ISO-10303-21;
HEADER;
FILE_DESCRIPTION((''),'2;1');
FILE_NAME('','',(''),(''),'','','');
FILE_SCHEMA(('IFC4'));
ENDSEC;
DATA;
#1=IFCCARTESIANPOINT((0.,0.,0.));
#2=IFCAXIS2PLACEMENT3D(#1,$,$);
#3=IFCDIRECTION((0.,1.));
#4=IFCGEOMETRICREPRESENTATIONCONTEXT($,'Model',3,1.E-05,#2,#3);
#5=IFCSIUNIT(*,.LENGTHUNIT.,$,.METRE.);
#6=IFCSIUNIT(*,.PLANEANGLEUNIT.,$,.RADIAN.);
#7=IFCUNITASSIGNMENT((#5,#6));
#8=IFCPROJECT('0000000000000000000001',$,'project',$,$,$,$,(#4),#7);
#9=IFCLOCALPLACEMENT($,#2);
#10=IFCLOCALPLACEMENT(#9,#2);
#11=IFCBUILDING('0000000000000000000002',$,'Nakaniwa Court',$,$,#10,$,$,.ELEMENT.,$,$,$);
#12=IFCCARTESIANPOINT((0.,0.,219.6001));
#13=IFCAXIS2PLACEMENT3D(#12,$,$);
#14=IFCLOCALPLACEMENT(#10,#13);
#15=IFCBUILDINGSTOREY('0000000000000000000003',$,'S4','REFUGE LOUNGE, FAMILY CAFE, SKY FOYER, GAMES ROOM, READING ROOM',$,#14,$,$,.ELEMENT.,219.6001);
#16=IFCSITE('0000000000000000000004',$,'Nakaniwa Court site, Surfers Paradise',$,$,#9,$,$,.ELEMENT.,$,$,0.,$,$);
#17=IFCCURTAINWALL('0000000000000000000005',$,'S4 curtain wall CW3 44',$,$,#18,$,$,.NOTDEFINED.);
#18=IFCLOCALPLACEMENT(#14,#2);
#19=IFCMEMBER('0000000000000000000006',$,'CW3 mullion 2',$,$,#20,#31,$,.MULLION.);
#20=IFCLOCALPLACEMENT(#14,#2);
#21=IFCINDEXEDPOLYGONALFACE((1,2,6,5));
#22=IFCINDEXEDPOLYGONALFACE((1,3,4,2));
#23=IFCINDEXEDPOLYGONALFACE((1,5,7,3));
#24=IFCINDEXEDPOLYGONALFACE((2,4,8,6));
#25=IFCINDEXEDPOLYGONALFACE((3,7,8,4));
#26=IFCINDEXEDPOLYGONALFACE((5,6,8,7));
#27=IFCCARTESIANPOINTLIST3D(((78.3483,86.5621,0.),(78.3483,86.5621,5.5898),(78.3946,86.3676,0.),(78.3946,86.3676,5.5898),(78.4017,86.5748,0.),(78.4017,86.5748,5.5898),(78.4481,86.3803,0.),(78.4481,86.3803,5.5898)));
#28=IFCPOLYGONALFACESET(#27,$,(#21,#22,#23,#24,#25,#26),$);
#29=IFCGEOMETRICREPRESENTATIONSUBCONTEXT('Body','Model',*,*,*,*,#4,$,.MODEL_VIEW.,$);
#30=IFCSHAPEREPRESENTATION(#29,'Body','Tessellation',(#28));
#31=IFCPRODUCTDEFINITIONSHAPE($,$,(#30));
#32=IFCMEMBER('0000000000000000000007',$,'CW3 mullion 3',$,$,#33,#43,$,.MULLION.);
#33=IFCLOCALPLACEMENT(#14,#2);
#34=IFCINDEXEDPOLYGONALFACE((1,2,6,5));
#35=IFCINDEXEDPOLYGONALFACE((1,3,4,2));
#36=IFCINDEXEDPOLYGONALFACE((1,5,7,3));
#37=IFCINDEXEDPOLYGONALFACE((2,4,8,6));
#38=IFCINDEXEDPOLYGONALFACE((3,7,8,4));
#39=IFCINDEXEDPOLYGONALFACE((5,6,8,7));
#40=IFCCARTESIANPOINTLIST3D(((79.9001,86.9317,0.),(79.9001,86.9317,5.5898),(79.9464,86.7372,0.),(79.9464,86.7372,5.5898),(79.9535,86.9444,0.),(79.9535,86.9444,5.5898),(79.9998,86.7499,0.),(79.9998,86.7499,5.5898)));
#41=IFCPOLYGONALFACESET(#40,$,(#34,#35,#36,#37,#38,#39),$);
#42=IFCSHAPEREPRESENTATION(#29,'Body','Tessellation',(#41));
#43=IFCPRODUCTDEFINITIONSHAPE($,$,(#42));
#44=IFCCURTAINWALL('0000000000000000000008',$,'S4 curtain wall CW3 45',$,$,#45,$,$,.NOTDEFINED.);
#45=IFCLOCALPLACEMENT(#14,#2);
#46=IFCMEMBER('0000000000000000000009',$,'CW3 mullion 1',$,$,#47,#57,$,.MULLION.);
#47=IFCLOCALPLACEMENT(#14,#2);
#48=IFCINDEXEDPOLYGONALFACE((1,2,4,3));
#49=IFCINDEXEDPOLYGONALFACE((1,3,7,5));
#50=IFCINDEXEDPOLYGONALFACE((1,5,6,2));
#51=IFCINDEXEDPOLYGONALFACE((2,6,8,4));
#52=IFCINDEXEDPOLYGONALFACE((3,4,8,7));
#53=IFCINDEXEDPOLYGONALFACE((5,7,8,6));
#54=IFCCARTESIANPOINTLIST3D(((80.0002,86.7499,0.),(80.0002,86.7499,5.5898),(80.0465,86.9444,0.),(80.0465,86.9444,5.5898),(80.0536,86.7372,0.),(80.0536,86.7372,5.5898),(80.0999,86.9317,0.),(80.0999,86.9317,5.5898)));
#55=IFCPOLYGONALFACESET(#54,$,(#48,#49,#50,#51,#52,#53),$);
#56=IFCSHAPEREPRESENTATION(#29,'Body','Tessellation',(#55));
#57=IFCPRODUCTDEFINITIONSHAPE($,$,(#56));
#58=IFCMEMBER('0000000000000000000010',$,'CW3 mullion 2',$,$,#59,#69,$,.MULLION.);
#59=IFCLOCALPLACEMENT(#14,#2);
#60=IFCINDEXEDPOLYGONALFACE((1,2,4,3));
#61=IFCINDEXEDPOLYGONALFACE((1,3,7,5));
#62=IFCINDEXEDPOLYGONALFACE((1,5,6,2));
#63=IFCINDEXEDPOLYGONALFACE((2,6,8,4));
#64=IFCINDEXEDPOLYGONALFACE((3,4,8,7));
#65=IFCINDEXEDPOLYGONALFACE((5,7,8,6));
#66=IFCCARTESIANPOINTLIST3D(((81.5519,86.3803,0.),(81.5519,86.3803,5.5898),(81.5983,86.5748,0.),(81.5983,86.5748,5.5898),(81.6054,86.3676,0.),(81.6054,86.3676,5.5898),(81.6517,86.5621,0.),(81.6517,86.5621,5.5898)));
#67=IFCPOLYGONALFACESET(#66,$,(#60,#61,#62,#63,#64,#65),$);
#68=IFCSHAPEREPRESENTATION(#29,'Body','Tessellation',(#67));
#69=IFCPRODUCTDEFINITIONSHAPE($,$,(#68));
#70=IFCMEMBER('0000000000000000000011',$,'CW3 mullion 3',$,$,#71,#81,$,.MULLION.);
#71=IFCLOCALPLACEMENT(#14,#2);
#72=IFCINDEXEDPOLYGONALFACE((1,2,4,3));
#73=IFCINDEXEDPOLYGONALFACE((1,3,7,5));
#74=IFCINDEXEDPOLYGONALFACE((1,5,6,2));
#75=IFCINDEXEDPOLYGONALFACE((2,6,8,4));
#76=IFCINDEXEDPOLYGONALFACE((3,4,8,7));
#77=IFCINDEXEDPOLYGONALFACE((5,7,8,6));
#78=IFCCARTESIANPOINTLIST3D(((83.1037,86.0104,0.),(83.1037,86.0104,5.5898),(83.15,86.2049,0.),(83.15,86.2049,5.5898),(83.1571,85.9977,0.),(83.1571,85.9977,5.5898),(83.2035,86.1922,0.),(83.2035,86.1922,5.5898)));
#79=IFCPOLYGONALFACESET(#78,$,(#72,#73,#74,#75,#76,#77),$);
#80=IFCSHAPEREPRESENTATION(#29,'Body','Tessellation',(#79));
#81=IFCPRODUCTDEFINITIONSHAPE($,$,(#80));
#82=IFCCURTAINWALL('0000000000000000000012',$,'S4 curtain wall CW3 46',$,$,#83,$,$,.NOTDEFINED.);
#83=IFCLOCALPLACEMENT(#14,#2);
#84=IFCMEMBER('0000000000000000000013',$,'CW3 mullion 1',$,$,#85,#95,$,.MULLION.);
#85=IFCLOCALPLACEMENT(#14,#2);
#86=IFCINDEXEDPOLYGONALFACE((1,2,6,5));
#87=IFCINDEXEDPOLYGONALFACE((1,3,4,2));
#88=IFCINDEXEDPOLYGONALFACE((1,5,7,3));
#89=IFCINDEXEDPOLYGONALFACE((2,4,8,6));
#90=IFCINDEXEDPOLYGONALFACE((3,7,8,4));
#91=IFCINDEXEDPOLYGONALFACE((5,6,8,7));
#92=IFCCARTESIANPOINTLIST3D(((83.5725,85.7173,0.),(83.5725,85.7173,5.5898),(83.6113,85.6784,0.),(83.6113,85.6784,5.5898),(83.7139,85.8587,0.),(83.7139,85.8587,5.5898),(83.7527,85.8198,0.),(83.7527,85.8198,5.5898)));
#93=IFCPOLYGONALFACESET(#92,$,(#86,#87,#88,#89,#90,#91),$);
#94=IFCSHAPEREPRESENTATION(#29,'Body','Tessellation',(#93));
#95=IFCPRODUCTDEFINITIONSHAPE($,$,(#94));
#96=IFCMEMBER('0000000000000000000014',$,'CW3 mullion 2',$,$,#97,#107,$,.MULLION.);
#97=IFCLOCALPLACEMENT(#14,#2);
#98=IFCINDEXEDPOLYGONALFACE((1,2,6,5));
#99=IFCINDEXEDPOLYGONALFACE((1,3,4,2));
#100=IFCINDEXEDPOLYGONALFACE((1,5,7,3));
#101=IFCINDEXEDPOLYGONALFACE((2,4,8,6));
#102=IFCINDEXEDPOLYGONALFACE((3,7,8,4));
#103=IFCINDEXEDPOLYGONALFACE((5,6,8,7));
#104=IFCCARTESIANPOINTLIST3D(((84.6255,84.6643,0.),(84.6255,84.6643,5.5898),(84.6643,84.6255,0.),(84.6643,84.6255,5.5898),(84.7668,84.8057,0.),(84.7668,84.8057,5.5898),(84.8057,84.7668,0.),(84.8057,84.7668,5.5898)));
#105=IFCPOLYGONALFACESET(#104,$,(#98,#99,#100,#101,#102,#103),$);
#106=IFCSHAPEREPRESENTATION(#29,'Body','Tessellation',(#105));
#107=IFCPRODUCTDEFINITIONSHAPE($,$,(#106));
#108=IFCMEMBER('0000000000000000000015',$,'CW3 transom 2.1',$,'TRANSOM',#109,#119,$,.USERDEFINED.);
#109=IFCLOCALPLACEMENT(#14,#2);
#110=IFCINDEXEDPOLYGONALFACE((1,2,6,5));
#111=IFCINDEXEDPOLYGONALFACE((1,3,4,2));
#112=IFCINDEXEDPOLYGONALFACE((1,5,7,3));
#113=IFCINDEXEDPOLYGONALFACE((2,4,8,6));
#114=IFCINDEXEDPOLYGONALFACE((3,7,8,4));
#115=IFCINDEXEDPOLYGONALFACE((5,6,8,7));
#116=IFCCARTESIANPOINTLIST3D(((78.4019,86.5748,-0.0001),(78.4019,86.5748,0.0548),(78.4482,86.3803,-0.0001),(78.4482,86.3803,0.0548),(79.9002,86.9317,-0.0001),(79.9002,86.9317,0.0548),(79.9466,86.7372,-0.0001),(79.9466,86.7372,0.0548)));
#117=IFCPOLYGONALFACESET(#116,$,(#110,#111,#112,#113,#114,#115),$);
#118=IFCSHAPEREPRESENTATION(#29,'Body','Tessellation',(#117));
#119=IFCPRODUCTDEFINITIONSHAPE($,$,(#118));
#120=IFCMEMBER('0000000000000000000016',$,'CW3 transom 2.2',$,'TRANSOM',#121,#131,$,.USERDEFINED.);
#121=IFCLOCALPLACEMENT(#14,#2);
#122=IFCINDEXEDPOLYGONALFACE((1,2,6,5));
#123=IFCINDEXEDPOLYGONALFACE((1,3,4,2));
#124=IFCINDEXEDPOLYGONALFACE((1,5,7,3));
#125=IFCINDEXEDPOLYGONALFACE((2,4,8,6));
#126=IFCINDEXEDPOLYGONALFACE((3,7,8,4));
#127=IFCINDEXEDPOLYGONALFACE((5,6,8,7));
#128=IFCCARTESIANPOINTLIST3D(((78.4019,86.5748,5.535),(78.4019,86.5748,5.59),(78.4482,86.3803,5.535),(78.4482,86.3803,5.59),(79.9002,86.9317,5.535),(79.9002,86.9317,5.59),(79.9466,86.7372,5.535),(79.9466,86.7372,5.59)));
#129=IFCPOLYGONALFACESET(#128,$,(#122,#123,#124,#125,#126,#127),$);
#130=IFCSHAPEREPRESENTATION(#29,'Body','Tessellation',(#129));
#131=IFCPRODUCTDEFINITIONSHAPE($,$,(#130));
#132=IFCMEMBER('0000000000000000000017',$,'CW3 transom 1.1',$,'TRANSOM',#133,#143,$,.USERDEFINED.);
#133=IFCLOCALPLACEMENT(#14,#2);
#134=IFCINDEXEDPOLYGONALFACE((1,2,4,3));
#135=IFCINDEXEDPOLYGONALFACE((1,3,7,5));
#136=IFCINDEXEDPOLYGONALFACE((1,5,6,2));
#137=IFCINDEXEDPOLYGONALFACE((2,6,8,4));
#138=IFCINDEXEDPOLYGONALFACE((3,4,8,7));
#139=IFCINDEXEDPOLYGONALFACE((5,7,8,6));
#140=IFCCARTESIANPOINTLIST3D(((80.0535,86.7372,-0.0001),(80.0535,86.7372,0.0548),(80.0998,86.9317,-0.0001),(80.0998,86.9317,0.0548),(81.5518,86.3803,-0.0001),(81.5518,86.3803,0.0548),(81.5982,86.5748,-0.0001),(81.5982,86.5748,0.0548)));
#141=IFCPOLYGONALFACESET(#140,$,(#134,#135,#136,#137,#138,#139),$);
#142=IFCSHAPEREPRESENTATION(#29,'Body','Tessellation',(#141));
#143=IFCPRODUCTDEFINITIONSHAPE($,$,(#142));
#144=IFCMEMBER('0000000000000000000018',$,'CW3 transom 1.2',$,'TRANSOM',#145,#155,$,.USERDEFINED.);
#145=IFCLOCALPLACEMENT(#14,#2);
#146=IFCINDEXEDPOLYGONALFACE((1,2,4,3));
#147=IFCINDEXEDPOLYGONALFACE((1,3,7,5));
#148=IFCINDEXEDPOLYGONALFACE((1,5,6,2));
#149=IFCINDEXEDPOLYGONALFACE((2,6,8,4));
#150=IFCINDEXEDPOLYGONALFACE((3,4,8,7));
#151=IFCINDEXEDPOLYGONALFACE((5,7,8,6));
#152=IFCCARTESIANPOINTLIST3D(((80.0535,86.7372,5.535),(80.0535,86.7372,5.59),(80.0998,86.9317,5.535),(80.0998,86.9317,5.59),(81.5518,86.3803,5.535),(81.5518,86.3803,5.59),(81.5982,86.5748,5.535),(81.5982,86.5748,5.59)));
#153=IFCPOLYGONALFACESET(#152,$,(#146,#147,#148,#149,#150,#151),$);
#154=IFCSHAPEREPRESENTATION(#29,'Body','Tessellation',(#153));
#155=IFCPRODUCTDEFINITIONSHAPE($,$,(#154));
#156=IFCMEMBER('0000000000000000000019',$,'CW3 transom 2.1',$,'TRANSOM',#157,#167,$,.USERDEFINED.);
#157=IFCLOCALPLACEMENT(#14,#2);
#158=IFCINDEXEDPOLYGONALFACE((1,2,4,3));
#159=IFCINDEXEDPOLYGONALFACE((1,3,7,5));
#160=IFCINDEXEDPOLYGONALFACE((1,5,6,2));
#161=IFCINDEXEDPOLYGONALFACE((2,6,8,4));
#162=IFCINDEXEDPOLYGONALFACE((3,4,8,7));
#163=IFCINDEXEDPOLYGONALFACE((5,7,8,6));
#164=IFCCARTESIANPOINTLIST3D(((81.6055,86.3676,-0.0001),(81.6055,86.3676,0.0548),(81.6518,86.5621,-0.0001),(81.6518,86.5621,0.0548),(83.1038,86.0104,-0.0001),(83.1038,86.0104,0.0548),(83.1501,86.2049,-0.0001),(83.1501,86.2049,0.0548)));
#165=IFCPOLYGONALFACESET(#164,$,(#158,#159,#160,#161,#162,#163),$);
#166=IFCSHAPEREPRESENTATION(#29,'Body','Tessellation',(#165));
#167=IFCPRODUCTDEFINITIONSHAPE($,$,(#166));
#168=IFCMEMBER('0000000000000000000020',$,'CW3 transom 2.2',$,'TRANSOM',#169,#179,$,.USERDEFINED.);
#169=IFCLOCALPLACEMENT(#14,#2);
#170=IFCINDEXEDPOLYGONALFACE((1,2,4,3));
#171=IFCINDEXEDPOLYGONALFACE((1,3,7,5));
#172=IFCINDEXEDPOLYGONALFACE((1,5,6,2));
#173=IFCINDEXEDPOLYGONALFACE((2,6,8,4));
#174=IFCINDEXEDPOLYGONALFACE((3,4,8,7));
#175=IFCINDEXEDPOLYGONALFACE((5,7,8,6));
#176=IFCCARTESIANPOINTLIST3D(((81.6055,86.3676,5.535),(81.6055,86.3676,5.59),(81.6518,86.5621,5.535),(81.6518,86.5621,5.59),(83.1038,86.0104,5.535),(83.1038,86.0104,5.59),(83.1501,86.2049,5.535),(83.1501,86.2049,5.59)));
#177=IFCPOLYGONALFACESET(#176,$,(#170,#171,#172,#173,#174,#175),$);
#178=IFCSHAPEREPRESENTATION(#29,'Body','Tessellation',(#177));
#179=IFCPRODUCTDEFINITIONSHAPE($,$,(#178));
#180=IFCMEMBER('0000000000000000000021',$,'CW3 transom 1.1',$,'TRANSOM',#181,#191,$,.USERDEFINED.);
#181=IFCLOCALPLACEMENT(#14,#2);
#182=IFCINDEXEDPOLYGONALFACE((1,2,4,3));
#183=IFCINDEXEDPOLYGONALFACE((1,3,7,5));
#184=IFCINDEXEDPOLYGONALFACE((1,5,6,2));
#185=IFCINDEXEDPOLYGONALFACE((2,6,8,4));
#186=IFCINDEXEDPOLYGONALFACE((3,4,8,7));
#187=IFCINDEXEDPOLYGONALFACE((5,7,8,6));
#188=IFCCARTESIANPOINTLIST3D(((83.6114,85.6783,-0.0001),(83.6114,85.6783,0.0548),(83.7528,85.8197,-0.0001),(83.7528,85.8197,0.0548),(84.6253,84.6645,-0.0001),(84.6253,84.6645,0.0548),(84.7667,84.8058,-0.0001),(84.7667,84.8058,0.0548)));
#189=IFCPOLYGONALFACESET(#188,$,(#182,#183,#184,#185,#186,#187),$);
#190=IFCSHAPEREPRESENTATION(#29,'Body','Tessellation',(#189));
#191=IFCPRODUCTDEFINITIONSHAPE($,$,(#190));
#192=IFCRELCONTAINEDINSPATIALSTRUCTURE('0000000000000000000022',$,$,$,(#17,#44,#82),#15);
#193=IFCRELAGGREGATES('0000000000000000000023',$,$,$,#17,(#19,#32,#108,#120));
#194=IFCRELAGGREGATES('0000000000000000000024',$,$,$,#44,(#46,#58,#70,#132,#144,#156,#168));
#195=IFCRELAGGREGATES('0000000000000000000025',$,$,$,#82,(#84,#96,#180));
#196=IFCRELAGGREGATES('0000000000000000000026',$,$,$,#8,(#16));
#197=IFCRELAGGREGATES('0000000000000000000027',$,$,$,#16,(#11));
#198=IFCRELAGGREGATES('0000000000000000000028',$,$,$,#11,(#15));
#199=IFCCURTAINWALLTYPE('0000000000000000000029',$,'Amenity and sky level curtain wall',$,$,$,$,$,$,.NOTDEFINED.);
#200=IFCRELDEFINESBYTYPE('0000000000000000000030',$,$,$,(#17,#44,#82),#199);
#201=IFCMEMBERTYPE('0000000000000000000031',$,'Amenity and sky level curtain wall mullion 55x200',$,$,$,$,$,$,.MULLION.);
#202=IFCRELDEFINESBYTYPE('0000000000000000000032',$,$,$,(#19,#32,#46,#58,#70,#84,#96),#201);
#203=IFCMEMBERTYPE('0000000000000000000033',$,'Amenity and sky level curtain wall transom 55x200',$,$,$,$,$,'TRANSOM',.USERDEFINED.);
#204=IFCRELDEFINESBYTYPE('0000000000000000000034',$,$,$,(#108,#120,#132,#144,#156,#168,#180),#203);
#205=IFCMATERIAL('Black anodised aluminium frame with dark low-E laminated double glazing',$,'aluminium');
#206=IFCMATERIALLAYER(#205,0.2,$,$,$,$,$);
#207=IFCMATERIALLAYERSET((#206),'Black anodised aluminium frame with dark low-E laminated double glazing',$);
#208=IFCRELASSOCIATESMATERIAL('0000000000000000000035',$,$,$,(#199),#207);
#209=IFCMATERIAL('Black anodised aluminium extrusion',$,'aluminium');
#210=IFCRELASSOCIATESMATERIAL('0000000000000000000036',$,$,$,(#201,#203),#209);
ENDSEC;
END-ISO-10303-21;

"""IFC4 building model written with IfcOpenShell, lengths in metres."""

from ifc_helpers import new_model, si_unit, direction, frame, origin, origin_2d, place, context, subcontext, project, spatial, rectangle, extrude, material, layer, layer_set, material_profile, profile_set, type_object, element, aggregate, save


model = new_model("IFC4")

# Units and contexts
model_context = context("Model", 3, precision=1e-05, world=origin(), true_north=direction((0.0, 1.0)))
body_context = subcontext(model_context, "Body", "Model", "MODEL_VIEW")
ifc_project = project(units=[si_unit("LENGTHUNIT", "METRE"), si_unit("PLANEANGLEUNIT", "RADIAN")], contexts=[model_context])

# Site, building, storey
site_placement = place(None, origin())
site = spatial("IfcSite", under=ifc_project, at=site_placement, Name="Nakaniwa Court site, Surfers Paradise", CompositionType="ELEMENT", RefElevation=0.0)
building_placement = place(site_placement, origin())
building = spatial("IfcBuilding", under=site, at=building_placement, Name="Nakaniwa Court", CompositionType="ELEMENT")
storey_placement = place(building_placement, frame((0.0, 0.0, 219.6001)))
storey = spatial("IfcBuildingStorey", under=building, at=storey_placement, Name="S4", Description="REFUGE LOUNGE, FAMILY CAFE, SKY FOYER, GAMES ROOM, READING ROOM", CompositionType="ELEMENT", Elevation=219.6001)

# Curtain walls, members
ifc_material_1 = material(Name="Black anodised aluminium frame with dark low-E laminated double glazing", Category="aluminium")
ifc_layer_1 = layer(ifc_material_1, 0.2)
ifc_layer_set_1 = layer_set([ifc_layer_1], Name="Black anodised aluminium frame with dark low-E laminated double glazing")
curtain_wall_type = type_object("IfcCurtainWallType", Name="Amenity and sky level curtain wall", PredefinedType="NOTDEFINED", material=ifc_layer_set_1)
curtain_wall_1_placement = place(storey_placement, origin())
curtain_wall_1 = element("IfcCurtainWall", 1, at=curtain_wall_1_placement, inside=storey, type_object=curtain_wall_type, Name="S4 curtain wall CW3 44", PredefinedType="NOTDEFINED")
ifc_material_2 = material(Name="Black anodised aluminium extrusion", Category="aluminium")
ifc_material_profile_1 = material_profile(ifc_material_2, rectangle(XDim=0.2, YDim=0.0549, at=origin_2d()), Name="Amenity and sky level curtain wall mullion 55x200")
ifc_profile_set_1 = profile_set([ifc_material_profile_1], Name="Black anodised aluminium extrusion")
member_type_1 = type_object("IfcMemberType", Name="Amenity and sky level curtain wall mullion 55x200", PredefinedType="MULLION", material=ifc_profile_set_1)
member_1_placement = place(storey_placement, frame((78.3982, 86.4712, 0.0), z_axis=(0.0, 0.0, 1.0), x_axis=(-0.231791, 0.972766, 0.0)))
member_1 = element("IfcMember", 2, at=member_1_placement, type_object=member_type_1, Name="CW3 mullion 2", PredefinedType="MULLION", context=body_context, shape_type="SweptSolid", body=[
    extrude(rectangle(XDim=0.2, YDim=0.0549, at=origin_2d()), origin(), (0.0, 0.0, 1.0), 5.5898),
])
member_2_placement = place(storey_placement, frame((79.95, 86.8408, 0.0), z_axis=(0.0, 0.0, 1.0), x_axis=(-0.231791, 0.972766, 0.0)))
member_2 = element("IfcMember", 3, at=member_2_placement, type_object=member_type_1, Name="CW3 mullion 3", PredefinedType="MULLION", context=body_context, shape_type="SweptSolid", body=[
    extrude(rectangle(XDim=0.2, YDim=0.0549, at=origin_2d()), origin(), (0.0, 0.0, 1.0), 5.5898),
])
curtain_wall_2_placement = place(storey_placement, origin())
curtain_wall_2 = element("IfcCurtainWall", 4, at=curtain_wall_2_placement, inside=storey, type_object=curtain_wall_type, Name="S4 curtain wall CW3 45", PredefinedType="NOTDEFINED")
member_3_placement = place(storey_placement, frame((80.05, 86.8408, 0.0), z_axis=(0.0, 0.0, 1.0), x_axis=(0.231791, 0.972766, 0.0)))
member_3 = element("IfcMember", 5, at=member_3_placement, type_object=member_type_1, Name="CW3 mullion 1", PredefinedType="MULLION", context=body_context, shape_type="SweptSolid", body=[
    extrude(rectangle(XDim=0.2, YDim=0.0549, at=origin_2d()), origin(), (0.0, 0.0, 1.0), 5.5898),
])
member_4_placement = place(storey_placement, frame((81.6018, 86.4712, 0.0), z_axis=(0.0, 0.0, 1.0), x_axis=(0.231791, 0.972766, 0.0)))
member_4 = element("IfcMember", 6, at=member_4_placement, type_object=member_type_1, Name="CW3 mullion 2", PredefinedType="MULLION", context=body_context, shape_type="SweptSolid", body=[
    extrude(rectangle(XDim=0.2, YDim=0.0549, at=origin_2d()), origin(), (0.0, 0.0, 1.0), 5.5898),
])
member_5_placement = place(storey_placement, frame((83.1536, 86.1013, 0.0), z_axis=(0.0, 0.0, 1.0), x_axis=(0.231791, 0.972766, 0.0)))
member_5 = element("IfcMember", 7, at=member_5_placement, type_object=member_type_1, Name="CW3 mullion 3", PredefinedType="MULLION", context=body_context, shape_type="SweptSolid", body=[
    extrude(rectangle(XDim=0.2, YDim=0.0549, at=origin_2d()), origin(), (0.0, 0.0, 1.0), 5.5898),
])
curtain_wall_3_placement = place(storey_placement, origin())
curtain_wall_3 = element("IfcCurtainWall", 8, at=curtain_wall_3_placement, inside=storey, type_object=curtain_wall_type, Name="S4 curtain wall CW3 46", PredefinedType="NOTDEFINED")
member_6_placement = place(storey_placement, frame((83.6626, 85.7686, 0.0), z_axis=(0.0, 0.0, 1.0), x_axis=(0.707107, 0.707107, 0.0)))
member_6 = element("IfcMember", 9, at=member_6_placement, type_object=member_type_1, Name="CW3 mullion 1", PredefinedType="MULLION", context=body_context, shape_type="SweptSolid", body=[
    extrude(rectangle(XDim=0.2, YDim=0.0549, at=origin_2d()), origin(), (0.0, 0.0, 1.0), 5.5898),
])
member_7_placement = place(storey_placement, frame((84.7156, 84.7156, 0.0), z_axis=(0.0, 0.0, 1.0), x_axis=(0.707107, 0.707107, 0.0)))
member_7 = element("IfcMember", 10, at=member_7_placement, type_object=member_type_1, Name="CW3 mullion 2", PredefinedType="MULLION", context=body_context, shape_type="SweptSolid", body=[
    extrude(rectangle(XDim=0.2, YDim=0.0549, at=origin_2d()), origin(), (0.0, 0.0, 1.0), 5.5898),
])

# Members
ifc_material_profile_2 = material_profile(ifc_material_2, rectangle(XDim=0.2, YDim=0.0549, at=origin_2d()), Name="Amenity and sky level curtain wall transom 55x200")
ifc_profile_set_2 = profile_set([ifc_material_profile_2], Name="Black anodised aluminium extrusion")
member_type_2 = type_object("IfcMemberType", Name="Amenity and sky level curtain wall transom 55x200", ElementType="TRANSOM", PredefinedType="USERDEFINED", material=ifc_profile_set_2)
member_8_placement = place(storey_placement, frame((78.425, 86.4775, 0.0273), z_axis=(0.972777, 0.231742, 0.0), x_axis=(-0.231742, 0.972777, 0.0)))
member_8 = element("IfcMember", 11, at=member_8_placement, type_object=member_type_2, Name="CW3 transom 2.1", ObjectType="TRANSOM", PredefinedType="USERDEFINED", context=body_context, shape_type="SweptSolid", body=[
    extrude(rectangle(XDim=0.2, YDim=0.0549, at=origin_2d()), origin(), (0.0, 0.0, 1.0), 1.5403),
])
member_9_placement = place(storey_placement, frame((78.425, 86.4775, 5.5625), z_axis=(0.972777, 0.231742, 0.0), x_axis=(-0.231742, 0.972777, 0.0)))
member_9 = element("IfcMember", 12, at=member_9_placement, type_object=member_type_2, Name="CW3 transom 2.2", ObjectType="TRANSOM", PredefinedType="USERDEFINED", context=body_context, shape_type="SweptSolid", body=[
    extrude(rectangle(XDim=0.2, YDim=0.0549, at=origin_2d()), origin(), (0.0, 0.0, 1.0), 1.5403),
])
member_10_placement = place(storey_placement, frame((80.0767, 86.8345, 0.0273), z_axis=(0.972777, -0.231742, 0.0), x_axis=(0.231742, 0.972777, 0.0)))
member_10 = element("IfcMember", 13, at=member_10_placement, type_object=member_type_2, Name="CW3 transom 1.1", ObjectType="TRANSOM", PredefinedType="USERDEFINED", context=body_context, shape_type="SweptSolid", body=[
    extrude(rectangle(XDim=0.2, YDim=0.0549, at=origin_2d()), origin(), (0.0, 0.0, 1.0), 1.5403),
])
member_11_placement = place(storey_placement, frame((80.0767, 86.8345, 5.5625), z_axis=(0.972777, -0.231742, 0.0), x_axis=(0.231742, 0.972777, 0.0)))
member_11 = element("IfcMember", 14, at=member_11_placement, type_object=member_type_2, Name="CW3 transom 1.2", ObjectType="TRANSOM", PredefinedType="USERDEFINED", context=body_context, shape_type="SweptSolid", body=[
    extrude(rectangle(XDim=0.2, YDim=0.0549, at=origin_2d()), origin(), (0.0, 0.0, 1.0), 1.5403),
])
member_12_placement = place(storey_placement, frame((81.6287, 86.4648, 0.0273), z_axis=(0.972742, -0.231892, 0.0), x_axis=(0.231892, 0.972742, 0.0)))
member_12 = element("IfcMember", 15, at=member_12_placement, type_object=member_type_2, Name="CW3 transom 2.1", ObjectType="TRANSOM", PredefinedType="USERDEFINED", context=body_context, shape_type="SweptSolid", body=[
    extrude(rectangle(XDim=0.2, YDim=0.0549, at=origin_2d()), origin(), (0.0, 0.0, 1.0), 1.5403),
])
member_13_placement = place(storey_placement, frame((81.6287, 86.4648, 5.5625), z_axis=(0.972742, -0.231892, 0.0), x_axis=(0.231892, 0.972742, 0.0)))
member_13 = element("IfcMember", 16, at=member_13_placement, type_object=member_type_2, Name="CW3 transom 2.2", ObjectType="TRANSOM", PredefinedType="USERDEFINED", context=body_context, shape_type="SweptSolid", body=[
    extrude(rectangle(XDim=0.2, YDim=0.0549, at=origin_2d()), origin(), (0.0, 0.0, 1.0), 1.5403),
])
member_14_placement = place(storey_placement, frame((83.6821, 85.749, 0.0273), z_axis=(0.707107, -0.707107, 0.0), x_axis=(0.707107, 0.707107, 0.0)))
member_14 = element("IfcMember", 17, at=member_14_placement, type_object=member_type_2, Name="CW3 transom 1.1", ObjectType="TRANSOM", PredefinedType="USERDEFINED", context=body_context, shape_type="SweptSolid", body=[
    extrude(rectangle(XDim=0.2, YDim=0.0549, at=origin_2d()), origin(), (0.0, 0.0, 1.0), 1.4338),
])

aggregate(curtain_wall_1, [member_1, member_2, member_8, member_9])
aggregate(curtain_wall_2, [member_3, member_4, member_5, member_10, member_11, member_12, member_13])
aggregate(curtain_wall_3, [member_6, member_7, member_14])

save(model, "model.ifc")
